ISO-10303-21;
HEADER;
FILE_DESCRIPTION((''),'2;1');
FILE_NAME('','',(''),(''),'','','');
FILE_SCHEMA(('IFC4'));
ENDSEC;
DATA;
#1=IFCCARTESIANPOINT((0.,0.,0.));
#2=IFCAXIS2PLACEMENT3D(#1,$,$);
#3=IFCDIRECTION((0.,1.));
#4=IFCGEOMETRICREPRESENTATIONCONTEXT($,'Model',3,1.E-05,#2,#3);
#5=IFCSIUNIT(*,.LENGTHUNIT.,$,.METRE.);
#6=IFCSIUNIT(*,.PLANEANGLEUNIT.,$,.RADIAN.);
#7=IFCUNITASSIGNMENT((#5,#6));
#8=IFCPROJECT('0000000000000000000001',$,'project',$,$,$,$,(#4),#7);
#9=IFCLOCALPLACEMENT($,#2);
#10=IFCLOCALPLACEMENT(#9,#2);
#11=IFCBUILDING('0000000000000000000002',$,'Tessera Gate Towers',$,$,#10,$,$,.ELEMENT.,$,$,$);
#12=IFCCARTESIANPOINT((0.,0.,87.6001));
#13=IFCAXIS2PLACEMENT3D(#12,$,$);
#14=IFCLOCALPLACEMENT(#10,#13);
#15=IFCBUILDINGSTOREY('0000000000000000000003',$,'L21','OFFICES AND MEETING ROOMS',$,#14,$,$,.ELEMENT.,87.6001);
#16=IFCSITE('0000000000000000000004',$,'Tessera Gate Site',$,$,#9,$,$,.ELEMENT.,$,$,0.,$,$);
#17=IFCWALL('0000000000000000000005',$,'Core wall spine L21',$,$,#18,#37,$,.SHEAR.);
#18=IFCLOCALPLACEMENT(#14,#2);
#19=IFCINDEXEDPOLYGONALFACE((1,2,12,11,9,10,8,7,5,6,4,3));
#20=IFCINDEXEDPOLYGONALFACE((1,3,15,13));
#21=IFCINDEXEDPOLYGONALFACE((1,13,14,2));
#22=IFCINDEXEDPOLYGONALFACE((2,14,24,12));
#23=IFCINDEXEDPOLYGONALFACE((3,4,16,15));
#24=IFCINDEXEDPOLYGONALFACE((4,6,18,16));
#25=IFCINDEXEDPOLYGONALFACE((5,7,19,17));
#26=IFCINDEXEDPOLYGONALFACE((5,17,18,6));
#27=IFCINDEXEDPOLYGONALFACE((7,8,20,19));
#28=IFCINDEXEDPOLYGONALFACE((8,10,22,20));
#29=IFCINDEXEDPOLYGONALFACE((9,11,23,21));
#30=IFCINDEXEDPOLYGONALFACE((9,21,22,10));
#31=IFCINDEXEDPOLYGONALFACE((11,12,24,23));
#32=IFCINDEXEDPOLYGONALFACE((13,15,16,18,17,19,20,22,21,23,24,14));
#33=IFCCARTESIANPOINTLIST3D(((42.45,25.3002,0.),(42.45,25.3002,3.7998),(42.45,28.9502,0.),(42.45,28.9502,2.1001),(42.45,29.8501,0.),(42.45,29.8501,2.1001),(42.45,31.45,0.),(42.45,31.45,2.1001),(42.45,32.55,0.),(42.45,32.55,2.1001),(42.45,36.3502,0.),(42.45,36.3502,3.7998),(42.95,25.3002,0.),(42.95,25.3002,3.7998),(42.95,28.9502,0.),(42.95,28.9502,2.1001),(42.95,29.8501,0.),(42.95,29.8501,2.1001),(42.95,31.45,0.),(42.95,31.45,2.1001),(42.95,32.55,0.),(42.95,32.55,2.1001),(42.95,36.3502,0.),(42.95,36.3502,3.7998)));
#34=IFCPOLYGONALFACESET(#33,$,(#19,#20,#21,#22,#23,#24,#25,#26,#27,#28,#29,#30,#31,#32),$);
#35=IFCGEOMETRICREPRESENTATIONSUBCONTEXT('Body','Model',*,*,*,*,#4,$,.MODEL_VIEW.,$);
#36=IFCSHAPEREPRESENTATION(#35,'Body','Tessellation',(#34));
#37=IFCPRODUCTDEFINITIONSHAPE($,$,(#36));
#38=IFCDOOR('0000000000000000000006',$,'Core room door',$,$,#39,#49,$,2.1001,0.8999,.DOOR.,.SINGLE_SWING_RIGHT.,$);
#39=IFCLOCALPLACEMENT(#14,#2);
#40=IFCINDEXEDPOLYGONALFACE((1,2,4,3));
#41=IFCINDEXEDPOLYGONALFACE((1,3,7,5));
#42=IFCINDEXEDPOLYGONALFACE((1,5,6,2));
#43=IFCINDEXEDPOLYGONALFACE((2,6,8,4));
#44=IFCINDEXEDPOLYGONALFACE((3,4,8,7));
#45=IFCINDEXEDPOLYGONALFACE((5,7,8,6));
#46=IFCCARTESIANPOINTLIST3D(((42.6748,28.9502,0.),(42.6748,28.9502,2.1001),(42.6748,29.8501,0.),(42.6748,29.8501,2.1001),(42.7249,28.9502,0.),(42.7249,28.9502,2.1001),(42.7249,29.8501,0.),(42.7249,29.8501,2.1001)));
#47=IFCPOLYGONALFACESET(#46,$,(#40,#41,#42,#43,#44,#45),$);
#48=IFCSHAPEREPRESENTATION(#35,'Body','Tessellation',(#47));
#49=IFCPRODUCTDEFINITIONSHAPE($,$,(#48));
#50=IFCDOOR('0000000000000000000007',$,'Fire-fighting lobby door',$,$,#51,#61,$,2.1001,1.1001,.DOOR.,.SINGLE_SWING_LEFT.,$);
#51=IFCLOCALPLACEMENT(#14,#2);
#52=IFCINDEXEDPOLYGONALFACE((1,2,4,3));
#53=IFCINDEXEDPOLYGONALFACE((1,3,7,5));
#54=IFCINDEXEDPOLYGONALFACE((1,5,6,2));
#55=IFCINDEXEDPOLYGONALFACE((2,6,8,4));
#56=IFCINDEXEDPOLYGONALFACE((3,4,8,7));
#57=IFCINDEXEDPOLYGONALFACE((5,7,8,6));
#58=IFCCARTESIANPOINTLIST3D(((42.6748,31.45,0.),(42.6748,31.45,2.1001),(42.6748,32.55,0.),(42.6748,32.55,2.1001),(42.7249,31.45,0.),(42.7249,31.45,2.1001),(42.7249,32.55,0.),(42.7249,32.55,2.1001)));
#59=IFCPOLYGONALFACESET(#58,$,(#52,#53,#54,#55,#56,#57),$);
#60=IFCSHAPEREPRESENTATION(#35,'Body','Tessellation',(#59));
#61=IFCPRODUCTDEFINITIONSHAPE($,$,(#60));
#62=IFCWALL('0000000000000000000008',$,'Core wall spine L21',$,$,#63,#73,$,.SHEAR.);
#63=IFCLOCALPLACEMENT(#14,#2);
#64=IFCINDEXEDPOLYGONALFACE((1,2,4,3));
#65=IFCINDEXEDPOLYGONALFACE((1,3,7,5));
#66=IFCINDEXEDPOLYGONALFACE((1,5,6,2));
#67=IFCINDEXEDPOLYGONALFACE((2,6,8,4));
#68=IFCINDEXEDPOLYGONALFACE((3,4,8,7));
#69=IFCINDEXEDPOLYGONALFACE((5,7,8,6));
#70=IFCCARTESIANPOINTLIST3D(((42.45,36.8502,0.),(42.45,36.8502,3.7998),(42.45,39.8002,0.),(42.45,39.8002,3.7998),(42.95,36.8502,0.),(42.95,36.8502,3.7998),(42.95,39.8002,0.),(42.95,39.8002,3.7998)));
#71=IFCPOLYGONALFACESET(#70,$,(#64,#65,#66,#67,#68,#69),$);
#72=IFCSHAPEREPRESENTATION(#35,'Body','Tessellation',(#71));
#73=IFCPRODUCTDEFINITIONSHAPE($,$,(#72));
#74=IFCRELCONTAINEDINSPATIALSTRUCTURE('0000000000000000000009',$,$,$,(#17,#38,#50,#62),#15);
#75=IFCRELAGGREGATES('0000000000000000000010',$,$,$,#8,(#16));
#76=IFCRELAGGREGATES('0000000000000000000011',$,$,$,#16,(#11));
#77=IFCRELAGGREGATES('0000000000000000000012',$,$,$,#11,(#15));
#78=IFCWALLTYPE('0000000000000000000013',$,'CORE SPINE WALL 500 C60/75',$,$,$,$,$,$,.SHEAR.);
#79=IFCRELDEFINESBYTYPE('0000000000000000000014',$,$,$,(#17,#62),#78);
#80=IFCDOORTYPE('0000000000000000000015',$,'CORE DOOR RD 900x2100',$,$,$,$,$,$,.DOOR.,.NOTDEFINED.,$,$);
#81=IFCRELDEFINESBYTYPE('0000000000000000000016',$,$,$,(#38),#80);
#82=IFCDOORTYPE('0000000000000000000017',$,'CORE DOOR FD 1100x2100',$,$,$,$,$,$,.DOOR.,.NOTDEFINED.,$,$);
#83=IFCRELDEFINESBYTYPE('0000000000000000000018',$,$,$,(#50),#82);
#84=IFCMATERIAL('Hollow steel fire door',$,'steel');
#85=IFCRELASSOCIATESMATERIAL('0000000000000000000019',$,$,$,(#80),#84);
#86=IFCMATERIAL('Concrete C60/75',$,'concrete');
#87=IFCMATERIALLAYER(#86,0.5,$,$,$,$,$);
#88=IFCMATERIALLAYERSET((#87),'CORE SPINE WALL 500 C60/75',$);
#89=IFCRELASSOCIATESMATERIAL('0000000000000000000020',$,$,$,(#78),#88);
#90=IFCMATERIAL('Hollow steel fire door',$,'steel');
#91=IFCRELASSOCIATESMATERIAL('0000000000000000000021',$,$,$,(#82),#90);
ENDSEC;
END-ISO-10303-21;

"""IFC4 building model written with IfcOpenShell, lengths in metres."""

from ifc_helpers import new_model, si_unit, direction, frame, frame_2d, origin, place, context, subcontext, project, spatial, rectangle, extrude, source, transform, mapped, material, layer, layer_set, type_object, element, fill, save


model = new_model("IFC4")

# Units and contexts
model_context = context("Model", 3, precision=1e-05, world=origin(), true_north=direction((0.0, 1.0)))
body_context = subcontext(model_context, "Body", "Model", "MODEL_VIEW")
ifc_project = project(units=[si_unit("LENGTHUNIT", "METRE"), si_unit("PLANEANGLEUNIT", "RADIAN")], contexts=[model_context])

# Site, building, storey
site_placement = place(None, origin())
site = spatial("IfcSite", under=ifc_project, at=site_placement, Name="Tessera Gate Site", CompositionType="ELEMENT", RefElevation=0.0)
building_placement = place(site_placement, origin())
building = spatial("IfcBuilding", under=site, at=building_placement, Name="Tessera Gate Towers", CompositionType="ELEMENT")
storey_placement = place(building_placement, frame((0.0, 0.0, 87.6001)))
storey = spatial("IfcBuildingStorey", under=building, at=storey_placement, Name="L21", Description="OFFICES AND MEETING ROOMS", CompositionType="ELEMENT", Elevation=87.6001)

# Shared definitions
shared_shape_1 = source(origin(), body_context, "Body", "SweptSolid", [
    extrude(rectangle(XDim=1.1001, YDim=2.1001, at=frame_2d((0.55, 1.05))), frame((0.0, 0.0249, 0.0), z_axis=(0.0, -1.0, 0.0), x_axis=(1.0, 0.0, 0.0)), (0.0, 0.0, 1.0), 0.05),
])

# Wall, openings, doors
ifc_material_1 = material(Name="Hollow steel fire door", Category="steel")
door_type_1 = type_object("IfcDoorType", Name="CORE DOOR RD 900x2100", OperationType="NOTDEFINED", PredefinedType="DOOR", material=ifc_material_1)
shared_shape_2 = source(origin(), body_context, "Body", "SweptSolid", [
    extrude(rectangle(XDim=0.8999, YDim=2.1001, at=frame_2d((0.45, 1.05))), frame((0.0, 0.0249, 0.0), z_axis=(0.0, -1.0, 0.0), x_axis=(1.0, 0.0, 0.0)), (0.0, 0.0, 1.0), 0.05),
])
ifc_material_2 = material(Name="Concrete C60/75", Category="concrete")
ifc_layer_1 = layer(ifc_material_2, 0.5)
ifc_layer_set_1 = layer_set([ifc_layer_1], Name="CORE SPINE WALL 500 C60/75")
wall_type_1 = type_object("IfcWallType", Name="CORE SPINE WALL 500 C60/75", PredefinedType="SHEAR", material=ifc_layer_set_1)
wall_1_placement = place(storey_placement, frame((42.7, 36.3501, 0.0), z_axis=(0.0, 0.0, 1.0), x_axis=(0.0, -1.0, 0.0)))
wall_1 = element("IfcWall", 1, at=wall_1_placement, inside=storey, type_object=wall_type_1, Name="Core wall spine L21", PredefinedType="SHEAR", context=body_context, shape_type="SweptSolid", body=[
    extrude(rectangle(XDim=11.05, YDim=0.5, at=frame_2d((5.5249, 0.0))), origin(), (0.0, 0.0, 1.0), 3.7998),
])
shared_shape_3 = source(origin(), body_context, "Body", "SweptSolid", [
    extrude(rectangle(XDim=0.8999, YDim=2.1001, at=frame_2d((0.45, 1.05))), frame((0.0, 0.26, 0.0), z_axis=(0.0, -1.0, 0.0), x_axis=(1.0, 0.0, 0.0)), (0.0, 0.0, 1.0), 0.52),
])
opening_1_placement = place(wall_1_placement, frame((6.5, 0.0, 0.0)))
opening_1 = element("IfcOpeningElement", 2, at=opening_1_placement, cuts=wall_1, PredefinedType="OPENING", context=body_context, shape_type="MappedRepresentation", body=[
    mapped(shared_shape_3, transform((0.0, 0.0, 0.0), scale=1.0)),
])
shared_shape_4 = source(origin(), body_context, "Body", "SweptSolid", [
    extrude(rectangle(XDim=1.1001, YDim=2.1001, at=frame_2d((0.55, 1.05))), frame((0.0, 0.26, 0.0), z_axis=(0.0, -1.0, 0.0), x_axis=(1.0, 0.0, 0.0)), (0.0, 0.0, 1.0), 0.52),
])
opening_2_placement = place(wall_1_placement, frame((3.8, 0.0, 0.0)))
opening_2 = element("IfcOpeningElement", 3, at=opening_2_placement, cuts=wall_1, PredefinedType="OPENING", context=body_context, shape_type="MappedRepresentation", body=[
    mapped(shared_shape_4, transform((0.0, 0.0, 0.0), scale=1.0)),
])
door_1_placement = place(opening_1_placement, origin())
door_1 = element("IfcDoor", 4, at=door_1_placement, inside=storey, type_object=door_type_1, Name="Core room door", OperationType="SINGLE_SWING_RIGHT", OverallHeight=2.1001, OverallWidth=0.8999, PredefinedType="DOOR", context=body_context, shape_type="MappedRepresentation", body=[
    mapped(shared_shape_2, transform((0.0, 0.0, 0.0), scale=1.0)),
])
fill(opening_1, door_1)
ifc_material_3 = material(Name="Hollow steel fire door", Category="steel")
door_type_2 = type_object("IfcDoorType", Name="CORE DOOR FD 1100x2100", OperationType="NOTDEFINED", PredefinedType="DOOR", material=ifc_material_3)
door_2_placement = place(opening_2_placement, origin())
door_2 = element("IfcDoor", 5, at=door_2_placement, inside=storey, type_object=door_type_2, Name="Fire-fighting lobby door", OperationType="SINGLE_SWING_LEFT", OverallHeight=2.1001, OverallWidth=1.1001, PredefinedType="DOOR", context=body_context, shape_type="MappedRepresentation", body=[
    mapped(shared_shape_1, transform((0.0, 0.0, 0.0), scale=1.0)),
])
fill(opening_2, door_2)

# Wall
wall_2_placement = place(storey_placement, frame((42.7, 36.8501, 0.0), z_axis=(0.0, 0.0, 1.0), x_axis=(0.0, 1.0, 0.0)))
element("IfcWall", 6, at=wall_2_placement, inside=storey, type_object=wall_type_1, Name="Core wall spine L21", PredefinedType="SHEAR", context=body_context, shape_type="SweptSolid", body=[
    extrude(rectangle(XDim=2.95, YDim=0.5, at=frame_2d((1.4751, 0.0))), origin(), (0.0, 0.0, 1.0), 3.7998),
])

save(model, "model.ifc")
